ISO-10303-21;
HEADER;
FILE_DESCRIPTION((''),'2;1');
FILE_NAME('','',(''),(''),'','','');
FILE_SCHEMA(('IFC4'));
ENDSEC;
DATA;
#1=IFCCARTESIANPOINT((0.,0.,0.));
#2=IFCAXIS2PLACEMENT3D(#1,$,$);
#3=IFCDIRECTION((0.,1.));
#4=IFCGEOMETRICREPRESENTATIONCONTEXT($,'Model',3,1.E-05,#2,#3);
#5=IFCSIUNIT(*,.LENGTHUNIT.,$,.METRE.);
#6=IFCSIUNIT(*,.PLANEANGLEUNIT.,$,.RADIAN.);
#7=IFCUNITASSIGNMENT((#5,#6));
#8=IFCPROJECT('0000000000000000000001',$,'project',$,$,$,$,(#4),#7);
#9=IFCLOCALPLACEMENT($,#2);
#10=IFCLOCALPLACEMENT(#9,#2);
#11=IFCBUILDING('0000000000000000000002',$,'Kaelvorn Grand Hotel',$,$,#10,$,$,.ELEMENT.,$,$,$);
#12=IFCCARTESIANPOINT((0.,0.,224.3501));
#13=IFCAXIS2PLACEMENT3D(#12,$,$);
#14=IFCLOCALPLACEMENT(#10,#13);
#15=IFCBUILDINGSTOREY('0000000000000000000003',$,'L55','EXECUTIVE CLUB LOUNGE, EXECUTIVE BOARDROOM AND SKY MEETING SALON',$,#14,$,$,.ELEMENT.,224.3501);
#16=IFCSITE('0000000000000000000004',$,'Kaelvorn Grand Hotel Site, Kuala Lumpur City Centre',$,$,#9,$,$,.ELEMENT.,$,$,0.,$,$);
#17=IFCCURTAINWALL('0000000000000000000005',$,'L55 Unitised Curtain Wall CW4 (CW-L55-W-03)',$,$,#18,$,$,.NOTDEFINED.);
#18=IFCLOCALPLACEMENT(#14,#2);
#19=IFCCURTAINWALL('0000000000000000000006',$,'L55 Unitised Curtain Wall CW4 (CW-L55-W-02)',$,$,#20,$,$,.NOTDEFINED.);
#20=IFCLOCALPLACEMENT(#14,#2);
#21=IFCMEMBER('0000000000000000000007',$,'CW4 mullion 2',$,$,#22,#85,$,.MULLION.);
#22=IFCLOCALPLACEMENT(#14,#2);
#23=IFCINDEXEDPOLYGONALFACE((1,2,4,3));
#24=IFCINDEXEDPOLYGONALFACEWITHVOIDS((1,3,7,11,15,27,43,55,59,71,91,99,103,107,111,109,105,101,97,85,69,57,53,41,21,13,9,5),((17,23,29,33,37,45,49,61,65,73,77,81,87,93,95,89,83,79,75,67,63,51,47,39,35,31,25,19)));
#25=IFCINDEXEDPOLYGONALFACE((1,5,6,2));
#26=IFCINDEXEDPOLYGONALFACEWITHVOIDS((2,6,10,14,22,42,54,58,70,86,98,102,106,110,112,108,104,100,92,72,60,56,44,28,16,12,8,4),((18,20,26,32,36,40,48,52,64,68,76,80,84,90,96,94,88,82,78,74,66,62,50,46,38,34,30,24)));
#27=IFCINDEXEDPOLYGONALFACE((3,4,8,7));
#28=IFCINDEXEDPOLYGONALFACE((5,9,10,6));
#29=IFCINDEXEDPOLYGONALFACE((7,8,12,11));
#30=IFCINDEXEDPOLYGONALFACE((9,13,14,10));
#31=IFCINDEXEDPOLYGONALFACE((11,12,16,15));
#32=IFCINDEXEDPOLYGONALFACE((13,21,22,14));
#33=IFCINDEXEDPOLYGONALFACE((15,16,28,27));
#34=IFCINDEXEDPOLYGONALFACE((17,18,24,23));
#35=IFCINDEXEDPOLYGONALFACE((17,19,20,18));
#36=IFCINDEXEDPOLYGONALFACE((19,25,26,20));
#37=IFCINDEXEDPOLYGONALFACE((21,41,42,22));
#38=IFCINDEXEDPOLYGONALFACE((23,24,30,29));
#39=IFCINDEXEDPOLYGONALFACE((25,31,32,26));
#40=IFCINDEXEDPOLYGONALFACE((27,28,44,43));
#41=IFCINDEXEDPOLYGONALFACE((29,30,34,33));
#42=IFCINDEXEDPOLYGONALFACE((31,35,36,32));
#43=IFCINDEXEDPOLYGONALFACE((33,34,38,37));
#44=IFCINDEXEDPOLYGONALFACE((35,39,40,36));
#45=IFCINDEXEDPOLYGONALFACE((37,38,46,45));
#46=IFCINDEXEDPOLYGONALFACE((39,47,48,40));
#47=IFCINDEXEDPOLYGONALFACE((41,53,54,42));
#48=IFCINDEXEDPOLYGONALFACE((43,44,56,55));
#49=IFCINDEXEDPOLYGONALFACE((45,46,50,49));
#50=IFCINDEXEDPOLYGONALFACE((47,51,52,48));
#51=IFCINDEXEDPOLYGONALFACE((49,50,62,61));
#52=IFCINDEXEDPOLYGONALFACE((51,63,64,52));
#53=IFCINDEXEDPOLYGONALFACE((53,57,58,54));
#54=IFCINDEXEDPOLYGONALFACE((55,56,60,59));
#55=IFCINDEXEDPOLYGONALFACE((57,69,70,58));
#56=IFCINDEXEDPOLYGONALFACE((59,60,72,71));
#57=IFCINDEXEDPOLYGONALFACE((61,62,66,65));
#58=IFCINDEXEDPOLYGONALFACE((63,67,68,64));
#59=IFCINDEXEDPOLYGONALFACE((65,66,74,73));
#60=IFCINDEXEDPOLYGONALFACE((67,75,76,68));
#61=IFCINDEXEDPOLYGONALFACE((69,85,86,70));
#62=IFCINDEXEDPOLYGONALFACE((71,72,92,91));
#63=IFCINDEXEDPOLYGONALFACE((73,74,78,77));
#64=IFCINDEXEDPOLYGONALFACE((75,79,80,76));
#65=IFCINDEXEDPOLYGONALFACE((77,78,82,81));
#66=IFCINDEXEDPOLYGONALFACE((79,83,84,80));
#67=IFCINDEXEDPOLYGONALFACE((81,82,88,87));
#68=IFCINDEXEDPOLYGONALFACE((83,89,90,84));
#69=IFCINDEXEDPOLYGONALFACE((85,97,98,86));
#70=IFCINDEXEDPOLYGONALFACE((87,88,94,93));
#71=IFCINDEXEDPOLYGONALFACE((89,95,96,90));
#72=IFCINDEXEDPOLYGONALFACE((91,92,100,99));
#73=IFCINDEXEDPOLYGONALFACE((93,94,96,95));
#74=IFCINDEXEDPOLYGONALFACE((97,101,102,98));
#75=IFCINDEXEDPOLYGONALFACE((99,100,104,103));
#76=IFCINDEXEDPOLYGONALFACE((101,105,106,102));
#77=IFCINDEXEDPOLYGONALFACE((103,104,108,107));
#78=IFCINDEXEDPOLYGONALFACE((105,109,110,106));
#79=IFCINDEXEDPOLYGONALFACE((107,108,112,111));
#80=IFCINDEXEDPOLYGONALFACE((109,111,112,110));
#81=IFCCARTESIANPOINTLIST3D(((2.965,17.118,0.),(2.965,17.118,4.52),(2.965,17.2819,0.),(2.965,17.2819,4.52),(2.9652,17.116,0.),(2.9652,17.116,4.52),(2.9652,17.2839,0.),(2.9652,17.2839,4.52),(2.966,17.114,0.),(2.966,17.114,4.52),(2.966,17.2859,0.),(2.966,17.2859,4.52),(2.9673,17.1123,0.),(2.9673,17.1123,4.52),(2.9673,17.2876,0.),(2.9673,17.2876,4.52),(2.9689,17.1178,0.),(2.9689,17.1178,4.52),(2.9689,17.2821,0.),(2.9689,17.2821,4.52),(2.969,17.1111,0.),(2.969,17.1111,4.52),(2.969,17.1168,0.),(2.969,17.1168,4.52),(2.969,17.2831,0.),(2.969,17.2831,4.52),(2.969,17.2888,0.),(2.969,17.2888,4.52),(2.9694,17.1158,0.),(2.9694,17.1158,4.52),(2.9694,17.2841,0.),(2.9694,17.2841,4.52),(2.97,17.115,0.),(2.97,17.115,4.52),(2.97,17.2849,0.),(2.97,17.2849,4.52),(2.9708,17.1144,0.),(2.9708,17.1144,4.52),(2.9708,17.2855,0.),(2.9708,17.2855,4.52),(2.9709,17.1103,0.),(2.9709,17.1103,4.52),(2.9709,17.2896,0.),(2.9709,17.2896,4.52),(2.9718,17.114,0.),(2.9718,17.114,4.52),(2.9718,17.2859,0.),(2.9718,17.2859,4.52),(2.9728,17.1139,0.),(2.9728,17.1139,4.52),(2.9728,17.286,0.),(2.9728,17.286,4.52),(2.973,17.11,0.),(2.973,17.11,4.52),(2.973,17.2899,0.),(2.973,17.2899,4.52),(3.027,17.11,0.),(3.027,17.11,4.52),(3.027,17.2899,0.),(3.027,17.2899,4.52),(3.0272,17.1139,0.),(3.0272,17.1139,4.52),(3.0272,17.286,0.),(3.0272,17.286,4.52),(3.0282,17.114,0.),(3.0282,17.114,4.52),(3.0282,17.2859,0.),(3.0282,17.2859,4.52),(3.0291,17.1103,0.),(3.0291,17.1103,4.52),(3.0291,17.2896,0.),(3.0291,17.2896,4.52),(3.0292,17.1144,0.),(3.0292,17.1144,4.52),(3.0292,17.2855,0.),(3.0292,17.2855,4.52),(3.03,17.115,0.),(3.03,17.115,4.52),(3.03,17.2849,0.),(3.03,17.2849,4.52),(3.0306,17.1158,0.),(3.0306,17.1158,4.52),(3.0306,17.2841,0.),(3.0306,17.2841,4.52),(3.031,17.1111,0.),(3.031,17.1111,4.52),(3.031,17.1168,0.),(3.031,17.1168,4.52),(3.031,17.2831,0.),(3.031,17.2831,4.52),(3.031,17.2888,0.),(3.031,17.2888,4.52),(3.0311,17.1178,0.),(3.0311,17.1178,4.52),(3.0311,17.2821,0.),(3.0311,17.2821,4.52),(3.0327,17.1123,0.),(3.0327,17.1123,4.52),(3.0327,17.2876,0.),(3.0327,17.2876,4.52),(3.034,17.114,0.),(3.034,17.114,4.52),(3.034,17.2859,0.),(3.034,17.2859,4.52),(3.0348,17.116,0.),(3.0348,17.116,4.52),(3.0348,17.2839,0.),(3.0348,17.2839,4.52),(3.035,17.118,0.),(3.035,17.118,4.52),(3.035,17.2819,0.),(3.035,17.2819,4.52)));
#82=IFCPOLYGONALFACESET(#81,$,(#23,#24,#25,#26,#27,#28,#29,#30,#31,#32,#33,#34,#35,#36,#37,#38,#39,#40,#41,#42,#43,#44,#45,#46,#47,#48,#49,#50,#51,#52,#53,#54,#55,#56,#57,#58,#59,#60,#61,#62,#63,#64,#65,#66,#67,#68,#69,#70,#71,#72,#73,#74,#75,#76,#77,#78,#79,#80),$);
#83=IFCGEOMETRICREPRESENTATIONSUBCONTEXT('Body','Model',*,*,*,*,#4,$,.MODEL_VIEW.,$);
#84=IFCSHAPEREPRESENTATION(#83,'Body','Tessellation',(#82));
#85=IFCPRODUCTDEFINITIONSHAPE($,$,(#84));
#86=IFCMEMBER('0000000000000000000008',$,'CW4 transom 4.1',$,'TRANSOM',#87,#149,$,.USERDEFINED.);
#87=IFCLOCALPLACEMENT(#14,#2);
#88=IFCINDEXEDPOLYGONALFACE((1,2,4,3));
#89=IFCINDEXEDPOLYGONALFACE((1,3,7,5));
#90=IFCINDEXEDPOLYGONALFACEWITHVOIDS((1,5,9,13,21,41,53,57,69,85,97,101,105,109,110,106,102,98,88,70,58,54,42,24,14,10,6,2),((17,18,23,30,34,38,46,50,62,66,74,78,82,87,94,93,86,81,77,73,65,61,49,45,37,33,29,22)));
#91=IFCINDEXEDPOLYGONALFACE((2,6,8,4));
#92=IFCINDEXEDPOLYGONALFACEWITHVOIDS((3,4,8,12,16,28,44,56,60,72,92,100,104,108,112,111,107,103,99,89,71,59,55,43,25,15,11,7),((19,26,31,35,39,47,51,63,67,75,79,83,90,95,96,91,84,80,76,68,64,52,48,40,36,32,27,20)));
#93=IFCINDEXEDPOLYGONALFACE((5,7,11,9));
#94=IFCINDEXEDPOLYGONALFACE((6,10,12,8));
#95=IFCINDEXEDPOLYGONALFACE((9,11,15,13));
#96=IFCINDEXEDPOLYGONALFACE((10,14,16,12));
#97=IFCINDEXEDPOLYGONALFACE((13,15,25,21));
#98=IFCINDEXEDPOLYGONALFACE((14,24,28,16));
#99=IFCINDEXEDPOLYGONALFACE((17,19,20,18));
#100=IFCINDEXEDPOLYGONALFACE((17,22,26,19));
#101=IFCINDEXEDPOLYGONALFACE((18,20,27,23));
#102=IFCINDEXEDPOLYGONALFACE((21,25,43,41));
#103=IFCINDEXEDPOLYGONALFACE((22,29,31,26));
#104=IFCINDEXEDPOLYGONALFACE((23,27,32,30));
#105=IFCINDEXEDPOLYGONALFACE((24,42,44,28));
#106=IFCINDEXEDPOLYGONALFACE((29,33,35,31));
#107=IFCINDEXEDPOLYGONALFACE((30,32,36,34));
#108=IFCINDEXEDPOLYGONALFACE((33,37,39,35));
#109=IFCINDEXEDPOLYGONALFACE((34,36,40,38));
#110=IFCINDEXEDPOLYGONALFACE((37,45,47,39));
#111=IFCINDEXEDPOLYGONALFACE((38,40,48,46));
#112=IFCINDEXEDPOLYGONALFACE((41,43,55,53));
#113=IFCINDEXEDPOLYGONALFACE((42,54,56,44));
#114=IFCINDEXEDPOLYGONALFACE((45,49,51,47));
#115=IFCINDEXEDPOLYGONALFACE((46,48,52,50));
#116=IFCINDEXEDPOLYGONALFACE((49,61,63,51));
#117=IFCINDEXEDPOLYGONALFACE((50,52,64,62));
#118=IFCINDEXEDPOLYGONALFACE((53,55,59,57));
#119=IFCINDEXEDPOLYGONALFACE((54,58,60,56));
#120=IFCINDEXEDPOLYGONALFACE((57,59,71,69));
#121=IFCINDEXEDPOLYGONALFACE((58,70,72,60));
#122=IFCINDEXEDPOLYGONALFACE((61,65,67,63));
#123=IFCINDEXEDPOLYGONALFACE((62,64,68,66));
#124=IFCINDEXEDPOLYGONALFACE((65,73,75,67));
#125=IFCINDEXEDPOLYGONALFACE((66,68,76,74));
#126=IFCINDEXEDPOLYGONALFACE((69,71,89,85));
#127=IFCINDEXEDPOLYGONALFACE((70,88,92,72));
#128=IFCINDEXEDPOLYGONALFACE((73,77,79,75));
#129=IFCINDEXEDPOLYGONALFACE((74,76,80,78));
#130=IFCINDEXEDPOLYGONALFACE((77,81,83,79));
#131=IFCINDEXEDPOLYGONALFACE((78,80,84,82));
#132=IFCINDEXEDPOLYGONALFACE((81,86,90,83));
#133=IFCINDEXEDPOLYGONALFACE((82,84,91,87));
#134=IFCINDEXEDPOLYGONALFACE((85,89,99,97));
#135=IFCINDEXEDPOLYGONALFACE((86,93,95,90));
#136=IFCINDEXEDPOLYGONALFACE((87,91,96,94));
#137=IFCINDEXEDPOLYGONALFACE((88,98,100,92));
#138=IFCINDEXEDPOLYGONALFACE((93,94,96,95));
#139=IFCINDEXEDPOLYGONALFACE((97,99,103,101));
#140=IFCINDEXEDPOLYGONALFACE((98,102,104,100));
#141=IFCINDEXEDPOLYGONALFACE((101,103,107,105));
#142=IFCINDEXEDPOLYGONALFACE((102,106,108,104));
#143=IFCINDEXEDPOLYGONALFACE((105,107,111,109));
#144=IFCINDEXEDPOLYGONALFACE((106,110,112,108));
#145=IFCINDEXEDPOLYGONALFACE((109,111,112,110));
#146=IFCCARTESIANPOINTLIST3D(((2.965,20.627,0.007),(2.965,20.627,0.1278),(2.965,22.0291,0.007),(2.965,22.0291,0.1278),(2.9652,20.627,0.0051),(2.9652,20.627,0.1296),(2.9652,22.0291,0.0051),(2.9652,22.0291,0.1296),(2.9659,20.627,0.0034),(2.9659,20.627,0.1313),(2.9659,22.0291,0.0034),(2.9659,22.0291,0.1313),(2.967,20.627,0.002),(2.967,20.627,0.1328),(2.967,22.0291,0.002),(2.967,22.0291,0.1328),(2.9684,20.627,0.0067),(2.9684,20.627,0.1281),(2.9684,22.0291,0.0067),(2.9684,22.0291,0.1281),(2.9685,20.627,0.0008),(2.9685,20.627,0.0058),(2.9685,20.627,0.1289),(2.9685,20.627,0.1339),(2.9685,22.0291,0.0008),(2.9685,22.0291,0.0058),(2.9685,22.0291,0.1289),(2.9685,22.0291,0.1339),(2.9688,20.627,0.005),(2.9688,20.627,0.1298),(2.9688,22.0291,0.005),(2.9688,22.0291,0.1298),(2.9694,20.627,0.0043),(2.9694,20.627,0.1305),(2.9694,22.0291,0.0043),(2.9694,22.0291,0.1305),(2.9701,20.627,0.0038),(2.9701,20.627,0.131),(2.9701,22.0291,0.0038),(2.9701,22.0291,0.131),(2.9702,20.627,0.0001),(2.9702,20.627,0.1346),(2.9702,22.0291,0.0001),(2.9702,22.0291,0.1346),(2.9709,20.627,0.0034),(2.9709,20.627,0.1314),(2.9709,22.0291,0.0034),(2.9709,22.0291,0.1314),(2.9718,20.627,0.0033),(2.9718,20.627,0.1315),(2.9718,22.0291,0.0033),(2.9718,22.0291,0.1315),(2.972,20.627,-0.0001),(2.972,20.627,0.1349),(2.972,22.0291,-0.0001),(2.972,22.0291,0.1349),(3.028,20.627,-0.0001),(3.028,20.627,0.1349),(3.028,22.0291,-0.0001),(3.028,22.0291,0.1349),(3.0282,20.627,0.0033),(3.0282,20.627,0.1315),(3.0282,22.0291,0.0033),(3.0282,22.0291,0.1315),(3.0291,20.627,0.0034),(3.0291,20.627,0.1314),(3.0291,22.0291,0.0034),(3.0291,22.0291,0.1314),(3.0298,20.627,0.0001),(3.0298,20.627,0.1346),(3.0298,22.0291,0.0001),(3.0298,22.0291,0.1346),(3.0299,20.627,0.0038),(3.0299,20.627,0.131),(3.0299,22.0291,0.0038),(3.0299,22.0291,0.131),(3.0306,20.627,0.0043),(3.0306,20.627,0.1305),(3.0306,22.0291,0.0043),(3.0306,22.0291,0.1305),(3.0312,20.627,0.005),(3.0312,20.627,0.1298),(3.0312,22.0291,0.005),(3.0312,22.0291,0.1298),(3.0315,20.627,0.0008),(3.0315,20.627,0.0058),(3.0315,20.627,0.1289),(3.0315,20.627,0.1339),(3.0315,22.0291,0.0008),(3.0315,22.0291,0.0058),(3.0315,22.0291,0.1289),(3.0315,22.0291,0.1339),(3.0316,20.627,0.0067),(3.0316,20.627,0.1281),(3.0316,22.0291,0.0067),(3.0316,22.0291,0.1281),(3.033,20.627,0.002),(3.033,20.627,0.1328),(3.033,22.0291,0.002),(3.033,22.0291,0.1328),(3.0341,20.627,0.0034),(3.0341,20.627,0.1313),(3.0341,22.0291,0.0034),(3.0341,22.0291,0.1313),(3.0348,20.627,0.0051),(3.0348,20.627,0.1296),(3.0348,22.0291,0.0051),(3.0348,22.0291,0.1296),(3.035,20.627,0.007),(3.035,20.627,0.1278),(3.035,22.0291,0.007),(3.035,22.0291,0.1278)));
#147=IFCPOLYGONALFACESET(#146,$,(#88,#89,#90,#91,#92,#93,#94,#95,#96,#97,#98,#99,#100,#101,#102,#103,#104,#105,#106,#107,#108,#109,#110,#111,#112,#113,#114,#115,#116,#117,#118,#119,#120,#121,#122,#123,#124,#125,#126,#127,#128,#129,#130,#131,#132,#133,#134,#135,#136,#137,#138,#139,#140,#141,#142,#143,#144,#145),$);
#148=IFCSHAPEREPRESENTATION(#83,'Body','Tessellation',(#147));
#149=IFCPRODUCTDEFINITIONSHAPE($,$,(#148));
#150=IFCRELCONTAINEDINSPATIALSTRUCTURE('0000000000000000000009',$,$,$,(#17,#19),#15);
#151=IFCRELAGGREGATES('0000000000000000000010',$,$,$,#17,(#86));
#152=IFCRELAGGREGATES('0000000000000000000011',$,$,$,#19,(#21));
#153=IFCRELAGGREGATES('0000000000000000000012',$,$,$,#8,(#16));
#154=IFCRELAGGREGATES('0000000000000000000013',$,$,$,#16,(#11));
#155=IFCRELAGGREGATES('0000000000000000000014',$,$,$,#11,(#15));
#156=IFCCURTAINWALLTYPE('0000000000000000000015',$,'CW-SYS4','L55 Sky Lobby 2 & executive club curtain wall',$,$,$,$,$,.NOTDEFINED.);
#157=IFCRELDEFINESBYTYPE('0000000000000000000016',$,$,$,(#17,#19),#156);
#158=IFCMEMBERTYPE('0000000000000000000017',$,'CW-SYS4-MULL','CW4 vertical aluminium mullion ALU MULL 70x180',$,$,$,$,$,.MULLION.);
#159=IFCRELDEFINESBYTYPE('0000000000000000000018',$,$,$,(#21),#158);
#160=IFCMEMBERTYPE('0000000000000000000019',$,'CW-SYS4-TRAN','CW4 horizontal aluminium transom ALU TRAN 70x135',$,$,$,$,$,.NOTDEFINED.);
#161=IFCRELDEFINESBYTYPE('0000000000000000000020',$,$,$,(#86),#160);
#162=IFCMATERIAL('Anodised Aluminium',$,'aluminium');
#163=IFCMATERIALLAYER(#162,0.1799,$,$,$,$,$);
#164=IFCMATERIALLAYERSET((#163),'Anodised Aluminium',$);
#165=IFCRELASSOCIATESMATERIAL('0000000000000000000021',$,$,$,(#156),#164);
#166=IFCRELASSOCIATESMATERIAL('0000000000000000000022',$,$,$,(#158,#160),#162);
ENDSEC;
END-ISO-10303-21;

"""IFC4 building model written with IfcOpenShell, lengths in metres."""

from ifc_helpers import new_model, si_unit, direction, frame, origin, origin_2d, place, context, subcontext, project, spatial, hollow_rectangle, extrude, material, layer, layer_set, material_profile, profile_set, type_object, element, aggregate, save


model = new_model("IFC4")

# Units and contexts
model_context = context("Model", 3, precision=1e-05, world=origin(), true_north=direction((0.0, 1.0)))
body_context = subcontext(model_context, "Body", "Model", "MODEL_VIEW")
ifc_project = project(units=[si_unit("LENGTHUNIT", "METRE"), si_unit("PLANEANGLEUNIT", "RADIAN")], contexts=[model_context])

# Site, building, storey
site_placement = place(None, origin())
site = spatial("IfcSite", under=ifc_project, at=site_placement, Name="Kaelvorn Grand Hotel Site, Kuala Lumpur City Centre", CompositionType="ELEMENT", RefElevation=0.0)
building_placement = place(site_placement, origin())
building = spatial("IfcBuilding", under=site, at=building_placement, Name="Kaelvorn Grand Hotel", CompositionType="ELEMENT")
storey_placement = place(building_placement, frame((0.0, 0.0, 224.3501)))
storey = spatial("IfcBuildingStorey", under=building, at=storey_placement, Name="L55", Description="EXECUTIVE CLUB LOUNGE, EXECUTIVE BOARDROOM AND SKY MEETING SALON", CompositionType="ELEMENT", Elevation=224.3501)

# Curtain walls, member
ifc_material_1 = material(Name="Anodised Aluminium", Category="aluminium")
ifc_layer_1 = layer(ifc_material_1, 0.1799)
ifc_layer_set_1 = layer_set([ifc_layer_1], Name="Anodised Aluminium")
curtain_wall_type = type_object("IfcCurtainWallType", Name="CW-SYS4", Description="L55 Sky Lobby 2 & executive club curtain wall", PredefinedType="NOTDEFINED", material=ifc_layer_set_1)
curtain_wall_1_placement = place(storey_placement, origin())
curtain_wall_1 = element("IfcCurtainWall", 1, at=curtain_wall_1_placement, inside=storey, type_object=curtain_wall_type, Name="L55 Unitised Curtain Wall CW4 (CW-L55-W-03)", PredefinedType="NOTDEFINED")
ifc_material_profile_1 = material_profile(ifc_material_1, hollow_rectangle(XDim=0.0701, YDim=0.1799, WallThickness=0.0039, InnerFilletRadius=0.0039, OuterFilletRadius=0.0081, at=origin_2d()), Name="ALU MULL 70x180")
ifc_profile_set_1 = profile_set([ifc_material_profile_1], Name="Anodised Aluminium")
member_type_1 = type_object("IfcMemberType", Name="CW-SYS4-MULL", Description="CW4 vertical aluminium mullion ALU MULL 70x180", PredefinedType="MULLION", material=ifc_profile_set_1)
curtain_wall_2_placement = place(storey_placement, origin())
curtain_wall_2 = element("IfcCurtainWall", 2, at=curtain_wall_2_placement, inside=storey, type_object=curtain_wall_type, Name="L55 Unitised Curtain Wall CW4 (CW-L55-W-02)", PredefinedType="NOTDEFINED")
member_1_placement = place(storey_placement, frame((3.0, 17.2, 0.0), z_axis=(0.0, 0.0, 1.0), x_axis=(1.0, 0.0, 0.0)))
member_1 = element("IfcMember", 3, at=member_1_placement, type_object=member_type_1, Name="CW4 mullion 2", PredefinedType="MULLION", context=body_context, shape_type="SweptSolid", body=[
    extrude(hollow_rectangle(XDim=0.0701, YDim=0.1799, WallThickness=0.0039, InnerFilletRadius=0.0039, OuterFilletRadius=0.0081, at=origin_2d()), origin(), (0.0, 0.0, 1.0), 4.52),
])

# Member
ifc_material_profile_2 = material_profile(ifc_material_1, hollow_rectangle(XDim=0.0701, YDim=0.135, WallThickness=0.0034, InnerFilletRadius=0.0034, OuterFilletRadius=0.0071, at=origin_2d()), Name="ALU TRAN 70x135")
ifc_profile_set_2 = profile_set([ifc_material_profile_2], Name="Anodised Aluminium")
member_type_2 = type_object("IfcMemberType", Name="CW-SYS4-TRAN", Description="CW4 horizontal aluminium transom ALU TRAN 70x135", PredefinedType="NOTDEFINED", material=ifc_profile_set_2)
member_2_placement = place(storey_placement, frame((3.0, 22.0291, 0.0674), z_axis=(0.0, -1.0, 0.0), x_axis=(1.0, 0.0, 0.0)))
member_2 = element("IfcMember", 4, at=member_2_placement, type_object=member_type_2, Name="CW4 transom 4.1", ObjectType="TRANSOM", PredefinedType="USERDEFINED", context=body_context, shape_type="SweptSolid", body=[
    extrude(hollow_rectangle(XDim=0.0701, YDim=0.135, WallThickness=0.0034, InnerFilletRadius=0.0034, OuterFilletRadius=0.0071, at=origin_2d()), origin(), (0.0, 0.0, 1.0), 1.4021),
])

aggregate(curtain_wall_1, [member_2])
aggregate(curtain_wall_2, [member_1])

save(model, "model.ifc")
